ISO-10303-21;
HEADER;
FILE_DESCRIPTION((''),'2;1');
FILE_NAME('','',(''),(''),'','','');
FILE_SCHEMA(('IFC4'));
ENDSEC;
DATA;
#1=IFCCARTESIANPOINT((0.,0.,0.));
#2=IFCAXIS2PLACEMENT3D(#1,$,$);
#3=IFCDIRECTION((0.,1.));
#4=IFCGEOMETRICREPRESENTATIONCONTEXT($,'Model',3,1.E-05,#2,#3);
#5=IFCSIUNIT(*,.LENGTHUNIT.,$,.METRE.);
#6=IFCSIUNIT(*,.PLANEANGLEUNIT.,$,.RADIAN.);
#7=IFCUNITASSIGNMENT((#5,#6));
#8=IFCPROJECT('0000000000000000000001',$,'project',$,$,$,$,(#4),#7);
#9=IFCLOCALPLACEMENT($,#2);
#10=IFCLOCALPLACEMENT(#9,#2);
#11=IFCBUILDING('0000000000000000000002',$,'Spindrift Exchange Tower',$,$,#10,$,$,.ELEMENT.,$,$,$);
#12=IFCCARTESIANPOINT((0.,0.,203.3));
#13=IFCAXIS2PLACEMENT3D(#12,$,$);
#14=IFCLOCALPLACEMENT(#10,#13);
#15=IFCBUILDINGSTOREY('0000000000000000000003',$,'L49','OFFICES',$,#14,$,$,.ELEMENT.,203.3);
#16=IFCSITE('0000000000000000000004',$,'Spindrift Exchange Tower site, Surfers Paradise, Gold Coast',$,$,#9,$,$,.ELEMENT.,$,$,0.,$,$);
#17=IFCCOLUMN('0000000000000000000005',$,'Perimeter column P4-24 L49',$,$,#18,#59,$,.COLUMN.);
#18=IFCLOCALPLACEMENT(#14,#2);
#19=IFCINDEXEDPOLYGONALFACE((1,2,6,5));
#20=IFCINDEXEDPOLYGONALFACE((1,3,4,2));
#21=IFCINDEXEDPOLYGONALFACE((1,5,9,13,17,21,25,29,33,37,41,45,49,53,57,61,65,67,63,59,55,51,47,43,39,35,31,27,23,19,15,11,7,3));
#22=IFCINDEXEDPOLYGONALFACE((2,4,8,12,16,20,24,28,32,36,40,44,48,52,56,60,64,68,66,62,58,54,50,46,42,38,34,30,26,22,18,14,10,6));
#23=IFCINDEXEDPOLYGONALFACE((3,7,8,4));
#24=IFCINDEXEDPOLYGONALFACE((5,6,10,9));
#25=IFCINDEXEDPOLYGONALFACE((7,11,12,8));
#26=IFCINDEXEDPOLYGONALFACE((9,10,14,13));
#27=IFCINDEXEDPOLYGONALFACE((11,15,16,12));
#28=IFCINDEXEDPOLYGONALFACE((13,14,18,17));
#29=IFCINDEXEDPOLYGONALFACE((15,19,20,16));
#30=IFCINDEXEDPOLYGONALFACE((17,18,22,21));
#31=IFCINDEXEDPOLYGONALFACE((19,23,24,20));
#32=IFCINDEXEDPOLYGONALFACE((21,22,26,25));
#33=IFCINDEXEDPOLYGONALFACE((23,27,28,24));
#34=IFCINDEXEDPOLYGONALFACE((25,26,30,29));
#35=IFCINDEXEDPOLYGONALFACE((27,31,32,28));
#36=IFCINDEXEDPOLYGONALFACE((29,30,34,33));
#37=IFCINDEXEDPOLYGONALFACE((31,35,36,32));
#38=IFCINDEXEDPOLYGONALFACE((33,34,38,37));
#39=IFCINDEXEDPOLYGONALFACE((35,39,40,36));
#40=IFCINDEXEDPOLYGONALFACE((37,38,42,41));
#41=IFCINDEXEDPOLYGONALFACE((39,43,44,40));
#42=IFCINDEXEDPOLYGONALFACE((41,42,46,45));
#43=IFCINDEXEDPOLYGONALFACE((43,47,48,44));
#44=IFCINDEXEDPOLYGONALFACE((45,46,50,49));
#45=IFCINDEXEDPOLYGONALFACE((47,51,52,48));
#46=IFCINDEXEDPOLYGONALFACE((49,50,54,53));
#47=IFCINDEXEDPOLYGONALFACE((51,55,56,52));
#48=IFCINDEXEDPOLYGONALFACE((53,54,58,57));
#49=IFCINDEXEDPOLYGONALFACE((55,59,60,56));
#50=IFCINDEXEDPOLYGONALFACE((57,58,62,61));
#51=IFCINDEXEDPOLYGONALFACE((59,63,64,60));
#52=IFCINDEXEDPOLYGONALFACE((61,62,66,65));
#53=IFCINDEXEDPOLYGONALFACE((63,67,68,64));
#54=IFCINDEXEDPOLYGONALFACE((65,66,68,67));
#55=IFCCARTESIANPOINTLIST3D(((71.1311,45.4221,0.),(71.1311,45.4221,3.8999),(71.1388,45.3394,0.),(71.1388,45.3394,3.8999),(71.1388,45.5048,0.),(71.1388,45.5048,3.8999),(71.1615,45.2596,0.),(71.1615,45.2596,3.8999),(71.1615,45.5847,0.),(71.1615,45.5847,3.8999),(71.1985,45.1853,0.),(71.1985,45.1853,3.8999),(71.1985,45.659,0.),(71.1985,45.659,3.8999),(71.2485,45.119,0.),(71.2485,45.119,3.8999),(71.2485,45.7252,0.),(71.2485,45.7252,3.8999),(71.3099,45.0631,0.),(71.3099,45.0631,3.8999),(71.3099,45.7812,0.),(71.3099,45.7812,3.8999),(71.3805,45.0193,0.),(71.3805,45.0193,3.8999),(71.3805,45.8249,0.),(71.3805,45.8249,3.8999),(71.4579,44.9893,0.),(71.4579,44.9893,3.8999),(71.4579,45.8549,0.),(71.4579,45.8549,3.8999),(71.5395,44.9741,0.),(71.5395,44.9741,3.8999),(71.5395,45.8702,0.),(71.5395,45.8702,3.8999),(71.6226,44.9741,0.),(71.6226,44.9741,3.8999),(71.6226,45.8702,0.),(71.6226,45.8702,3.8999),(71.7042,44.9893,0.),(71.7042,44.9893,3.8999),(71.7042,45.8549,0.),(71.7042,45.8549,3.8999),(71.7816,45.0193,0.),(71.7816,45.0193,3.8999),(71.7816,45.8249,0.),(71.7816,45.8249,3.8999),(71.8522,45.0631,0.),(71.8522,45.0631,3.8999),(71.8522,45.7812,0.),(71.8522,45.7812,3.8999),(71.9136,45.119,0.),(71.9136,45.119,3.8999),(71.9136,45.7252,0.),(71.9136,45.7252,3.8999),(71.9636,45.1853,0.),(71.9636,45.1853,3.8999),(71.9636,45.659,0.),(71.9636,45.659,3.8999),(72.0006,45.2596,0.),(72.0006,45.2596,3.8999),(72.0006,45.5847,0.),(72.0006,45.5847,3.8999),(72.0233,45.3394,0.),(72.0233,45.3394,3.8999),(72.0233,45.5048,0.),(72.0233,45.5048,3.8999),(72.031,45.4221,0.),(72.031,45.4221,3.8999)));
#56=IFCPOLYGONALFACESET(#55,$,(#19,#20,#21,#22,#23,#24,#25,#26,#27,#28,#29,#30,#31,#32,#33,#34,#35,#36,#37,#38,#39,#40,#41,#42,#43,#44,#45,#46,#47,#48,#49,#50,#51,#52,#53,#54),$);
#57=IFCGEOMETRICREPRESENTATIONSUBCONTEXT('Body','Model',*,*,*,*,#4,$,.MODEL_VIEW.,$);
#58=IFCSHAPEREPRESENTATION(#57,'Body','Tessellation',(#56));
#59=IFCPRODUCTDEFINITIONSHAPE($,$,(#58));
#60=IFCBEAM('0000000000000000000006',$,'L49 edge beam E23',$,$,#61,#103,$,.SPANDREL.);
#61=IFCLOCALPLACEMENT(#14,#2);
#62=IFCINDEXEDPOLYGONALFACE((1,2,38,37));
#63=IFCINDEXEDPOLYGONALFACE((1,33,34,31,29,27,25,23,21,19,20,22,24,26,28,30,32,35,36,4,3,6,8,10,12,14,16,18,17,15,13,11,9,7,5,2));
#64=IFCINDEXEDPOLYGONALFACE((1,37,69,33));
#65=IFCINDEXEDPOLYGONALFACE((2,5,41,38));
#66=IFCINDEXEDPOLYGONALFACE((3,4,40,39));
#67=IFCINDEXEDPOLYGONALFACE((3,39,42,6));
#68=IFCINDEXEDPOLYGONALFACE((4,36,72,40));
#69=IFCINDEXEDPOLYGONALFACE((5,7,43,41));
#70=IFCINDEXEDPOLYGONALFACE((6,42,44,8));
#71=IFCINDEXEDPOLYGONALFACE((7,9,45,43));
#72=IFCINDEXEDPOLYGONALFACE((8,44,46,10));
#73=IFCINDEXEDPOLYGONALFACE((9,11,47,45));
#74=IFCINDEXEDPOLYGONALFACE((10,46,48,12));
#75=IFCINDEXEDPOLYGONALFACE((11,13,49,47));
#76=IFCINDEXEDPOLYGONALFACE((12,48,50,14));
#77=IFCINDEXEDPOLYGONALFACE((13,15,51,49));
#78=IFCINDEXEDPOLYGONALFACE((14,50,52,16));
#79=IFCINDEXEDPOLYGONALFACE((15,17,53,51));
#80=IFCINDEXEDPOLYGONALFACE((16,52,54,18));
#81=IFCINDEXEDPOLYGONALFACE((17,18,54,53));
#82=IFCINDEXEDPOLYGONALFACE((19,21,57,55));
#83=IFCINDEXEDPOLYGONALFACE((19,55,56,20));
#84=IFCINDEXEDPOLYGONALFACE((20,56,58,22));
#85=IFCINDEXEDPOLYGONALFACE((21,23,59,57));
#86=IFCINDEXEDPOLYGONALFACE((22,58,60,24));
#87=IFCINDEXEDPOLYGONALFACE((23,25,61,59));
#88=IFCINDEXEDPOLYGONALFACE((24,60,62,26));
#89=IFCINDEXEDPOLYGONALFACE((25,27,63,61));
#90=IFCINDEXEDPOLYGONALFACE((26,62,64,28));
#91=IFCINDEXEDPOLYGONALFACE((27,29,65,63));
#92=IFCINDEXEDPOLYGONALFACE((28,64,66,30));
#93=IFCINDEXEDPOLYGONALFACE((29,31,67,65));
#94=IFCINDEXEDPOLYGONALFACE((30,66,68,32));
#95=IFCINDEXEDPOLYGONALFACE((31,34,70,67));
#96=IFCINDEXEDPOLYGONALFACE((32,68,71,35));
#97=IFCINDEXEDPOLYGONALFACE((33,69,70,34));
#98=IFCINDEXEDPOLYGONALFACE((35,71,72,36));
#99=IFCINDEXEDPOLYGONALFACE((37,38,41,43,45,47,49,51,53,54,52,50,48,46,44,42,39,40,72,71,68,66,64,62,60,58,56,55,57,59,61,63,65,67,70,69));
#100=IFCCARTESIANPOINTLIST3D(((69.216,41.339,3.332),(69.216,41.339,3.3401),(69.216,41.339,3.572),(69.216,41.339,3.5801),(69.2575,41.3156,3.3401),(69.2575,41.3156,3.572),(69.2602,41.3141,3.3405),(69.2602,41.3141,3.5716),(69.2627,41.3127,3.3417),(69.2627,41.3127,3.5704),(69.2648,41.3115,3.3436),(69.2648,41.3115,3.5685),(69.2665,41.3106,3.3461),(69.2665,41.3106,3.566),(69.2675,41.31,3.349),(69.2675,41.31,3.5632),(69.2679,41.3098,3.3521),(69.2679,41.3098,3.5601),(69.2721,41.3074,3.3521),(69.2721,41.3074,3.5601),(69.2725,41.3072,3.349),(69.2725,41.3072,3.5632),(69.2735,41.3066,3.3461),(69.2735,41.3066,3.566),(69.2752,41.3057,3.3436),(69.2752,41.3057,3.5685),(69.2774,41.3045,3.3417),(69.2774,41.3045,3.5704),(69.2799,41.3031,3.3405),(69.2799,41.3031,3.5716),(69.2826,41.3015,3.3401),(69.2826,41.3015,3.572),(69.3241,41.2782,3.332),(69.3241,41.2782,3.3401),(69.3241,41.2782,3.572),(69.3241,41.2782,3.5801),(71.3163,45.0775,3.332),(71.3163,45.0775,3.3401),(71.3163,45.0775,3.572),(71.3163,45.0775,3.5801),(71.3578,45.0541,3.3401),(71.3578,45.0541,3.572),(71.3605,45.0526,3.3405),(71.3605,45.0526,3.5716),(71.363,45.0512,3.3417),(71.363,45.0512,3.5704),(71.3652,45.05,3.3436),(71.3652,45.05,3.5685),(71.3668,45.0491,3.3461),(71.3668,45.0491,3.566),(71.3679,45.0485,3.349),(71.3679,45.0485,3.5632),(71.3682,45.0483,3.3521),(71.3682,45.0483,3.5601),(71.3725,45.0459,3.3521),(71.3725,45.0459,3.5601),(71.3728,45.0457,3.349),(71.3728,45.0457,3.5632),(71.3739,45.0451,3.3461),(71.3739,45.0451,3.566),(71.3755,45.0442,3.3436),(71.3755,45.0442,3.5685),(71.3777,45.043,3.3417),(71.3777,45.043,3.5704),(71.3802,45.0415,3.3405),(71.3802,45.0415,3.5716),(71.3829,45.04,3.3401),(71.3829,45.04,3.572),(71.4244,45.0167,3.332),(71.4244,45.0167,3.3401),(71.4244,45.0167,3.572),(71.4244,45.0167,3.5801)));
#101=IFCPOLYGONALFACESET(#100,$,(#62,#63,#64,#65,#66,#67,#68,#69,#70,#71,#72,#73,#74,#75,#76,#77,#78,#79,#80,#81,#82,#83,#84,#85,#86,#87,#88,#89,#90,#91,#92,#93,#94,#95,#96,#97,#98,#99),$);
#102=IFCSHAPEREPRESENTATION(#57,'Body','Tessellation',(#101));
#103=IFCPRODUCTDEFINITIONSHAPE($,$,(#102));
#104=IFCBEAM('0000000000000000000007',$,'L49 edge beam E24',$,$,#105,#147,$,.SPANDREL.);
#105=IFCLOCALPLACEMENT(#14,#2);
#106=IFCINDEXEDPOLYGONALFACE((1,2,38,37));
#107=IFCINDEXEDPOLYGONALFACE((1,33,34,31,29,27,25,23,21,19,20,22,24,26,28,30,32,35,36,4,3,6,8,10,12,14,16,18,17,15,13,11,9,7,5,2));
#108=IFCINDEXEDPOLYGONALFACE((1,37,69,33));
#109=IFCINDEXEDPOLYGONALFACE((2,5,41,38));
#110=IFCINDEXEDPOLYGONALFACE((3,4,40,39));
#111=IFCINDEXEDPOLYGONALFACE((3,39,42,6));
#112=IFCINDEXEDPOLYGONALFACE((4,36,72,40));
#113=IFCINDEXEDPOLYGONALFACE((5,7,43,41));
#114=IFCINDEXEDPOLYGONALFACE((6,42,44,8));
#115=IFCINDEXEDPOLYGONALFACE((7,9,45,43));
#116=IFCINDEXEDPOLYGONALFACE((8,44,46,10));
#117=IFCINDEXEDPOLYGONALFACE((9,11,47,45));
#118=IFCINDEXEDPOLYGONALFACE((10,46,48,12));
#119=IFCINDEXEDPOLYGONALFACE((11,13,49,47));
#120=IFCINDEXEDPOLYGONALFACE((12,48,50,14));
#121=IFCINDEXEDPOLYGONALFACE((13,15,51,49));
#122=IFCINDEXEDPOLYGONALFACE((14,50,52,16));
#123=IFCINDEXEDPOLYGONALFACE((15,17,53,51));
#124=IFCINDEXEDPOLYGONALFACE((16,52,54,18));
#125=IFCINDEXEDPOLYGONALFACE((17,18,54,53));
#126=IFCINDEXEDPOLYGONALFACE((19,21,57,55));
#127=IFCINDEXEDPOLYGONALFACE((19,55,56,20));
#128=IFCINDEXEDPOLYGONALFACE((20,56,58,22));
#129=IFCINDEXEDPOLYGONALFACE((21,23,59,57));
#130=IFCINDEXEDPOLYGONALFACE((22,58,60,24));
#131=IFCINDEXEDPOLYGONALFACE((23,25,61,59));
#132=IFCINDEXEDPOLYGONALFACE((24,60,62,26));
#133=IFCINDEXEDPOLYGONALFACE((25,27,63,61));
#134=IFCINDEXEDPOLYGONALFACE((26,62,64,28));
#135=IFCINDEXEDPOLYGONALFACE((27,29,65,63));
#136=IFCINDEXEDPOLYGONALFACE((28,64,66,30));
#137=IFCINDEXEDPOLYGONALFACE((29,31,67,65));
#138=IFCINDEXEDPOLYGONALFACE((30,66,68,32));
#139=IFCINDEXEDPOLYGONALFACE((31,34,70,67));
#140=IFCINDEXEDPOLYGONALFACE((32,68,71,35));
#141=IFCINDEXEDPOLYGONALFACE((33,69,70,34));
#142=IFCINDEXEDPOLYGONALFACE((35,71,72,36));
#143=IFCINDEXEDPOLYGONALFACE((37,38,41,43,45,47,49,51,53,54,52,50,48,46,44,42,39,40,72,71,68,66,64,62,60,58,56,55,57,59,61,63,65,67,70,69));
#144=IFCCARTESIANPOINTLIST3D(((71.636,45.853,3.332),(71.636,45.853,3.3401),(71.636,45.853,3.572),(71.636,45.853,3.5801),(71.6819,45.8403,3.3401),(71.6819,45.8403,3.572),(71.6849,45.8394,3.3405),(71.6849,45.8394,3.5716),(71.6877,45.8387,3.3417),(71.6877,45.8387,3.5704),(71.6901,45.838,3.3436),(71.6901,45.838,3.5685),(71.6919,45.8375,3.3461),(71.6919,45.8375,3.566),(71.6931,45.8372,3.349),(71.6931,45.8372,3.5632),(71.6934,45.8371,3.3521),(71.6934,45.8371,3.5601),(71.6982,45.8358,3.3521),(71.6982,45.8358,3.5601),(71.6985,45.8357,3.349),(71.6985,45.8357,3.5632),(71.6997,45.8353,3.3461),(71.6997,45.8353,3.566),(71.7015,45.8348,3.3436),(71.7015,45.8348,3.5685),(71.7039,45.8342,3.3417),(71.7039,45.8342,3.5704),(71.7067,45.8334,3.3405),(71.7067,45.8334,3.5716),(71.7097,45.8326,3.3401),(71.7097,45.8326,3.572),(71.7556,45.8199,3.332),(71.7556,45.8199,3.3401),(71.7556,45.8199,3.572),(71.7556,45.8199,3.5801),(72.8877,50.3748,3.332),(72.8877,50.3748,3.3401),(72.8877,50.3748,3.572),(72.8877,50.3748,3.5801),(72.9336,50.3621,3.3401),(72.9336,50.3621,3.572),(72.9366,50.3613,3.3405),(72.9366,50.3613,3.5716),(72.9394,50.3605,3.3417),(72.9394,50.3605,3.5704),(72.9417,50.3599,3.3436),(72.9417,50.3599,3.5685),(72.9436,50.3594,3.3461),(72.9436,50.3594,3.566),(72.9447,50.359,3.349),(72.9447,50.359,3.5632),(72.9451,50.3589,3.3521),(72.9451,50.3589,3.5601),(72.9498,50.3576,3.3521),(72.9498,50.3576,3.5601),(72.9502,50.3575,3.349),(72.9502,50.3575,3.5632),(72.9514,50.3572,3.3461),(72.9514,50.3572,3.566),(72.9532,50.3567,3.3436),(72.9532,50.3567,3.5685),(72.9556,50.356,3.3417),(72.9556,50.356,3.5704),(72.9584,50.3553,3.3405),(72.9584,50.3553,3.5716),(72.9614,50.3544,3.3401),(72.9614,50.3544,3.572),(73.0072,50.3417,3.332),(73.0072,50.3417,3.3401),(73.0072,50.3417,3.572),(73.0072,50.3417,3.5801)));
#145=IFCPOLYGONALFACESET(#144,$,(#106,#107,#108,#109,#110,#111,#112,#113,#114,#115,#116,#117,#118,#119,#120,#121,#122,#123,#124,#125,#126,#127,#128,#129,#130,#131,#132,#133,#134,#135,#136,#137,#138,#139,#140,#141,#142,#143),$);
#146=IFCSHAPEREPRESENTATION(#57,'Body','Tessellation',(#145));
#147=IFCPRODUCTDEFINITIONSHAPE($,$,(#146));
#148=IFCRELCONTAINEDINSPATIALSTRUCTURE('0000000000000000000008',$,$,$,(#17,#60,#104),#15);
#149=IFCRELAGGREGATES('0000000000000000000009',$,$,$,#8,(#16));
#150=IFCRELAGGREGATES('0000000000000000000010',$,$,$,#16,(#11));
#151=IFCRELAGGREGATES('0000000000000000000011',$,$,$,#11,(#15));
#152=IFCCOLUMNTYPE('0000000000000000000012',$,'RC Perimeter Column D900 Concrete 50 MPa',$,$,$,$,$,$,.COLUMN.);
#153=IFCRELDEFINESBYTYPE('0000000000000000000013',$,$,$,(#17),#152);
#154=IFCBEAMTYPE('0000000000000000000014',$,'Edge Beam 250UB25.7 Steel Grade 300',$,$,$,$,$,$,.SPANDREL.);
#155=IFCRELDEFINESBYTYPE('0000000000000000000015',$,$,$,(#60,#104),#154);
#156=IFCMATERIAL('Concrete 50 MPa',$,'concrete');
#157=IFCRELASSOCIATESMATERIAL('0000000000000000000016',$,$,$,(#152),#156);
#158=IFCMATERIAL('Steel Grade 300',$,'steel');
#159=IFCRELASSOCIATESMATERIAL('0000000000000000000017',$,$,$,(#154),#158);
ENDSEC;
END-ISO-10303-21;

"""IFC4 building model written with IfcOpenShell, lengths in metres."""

from ifc_helpers import new_model, si_unit, direction, frame, origin, origin_2d, place, context, subcontext, project, spatial, circle, i_section, extrude, source, transform, mapped, material, material_profile, profile_set, type_object, element, save


model = new_model("IFC4")

# Units and contexts
model_context = context("Model", 3, precision=1e-05, world=origin(), true_north=direction((0.0, 1.0)))
body_context = subcontext(model_context, "Body", "Model", "MODEL_VIEW")
ifc_project = project(units=[si_unit("LENGTHUNIT", "METRE"), si_unit("PLANEANGLEUNIT", "RADIAN")], contexts=[model_context])

# Site, building, storey
site_placement = place(None, origin())
site = spatial("IfcSite", under=ifc_project, at=site_placement, Name="Spindrift Exchange Tower site, Surfers Paradise, Gold Coast", CompositionType="ELEMENT", RefElevation=0.0)
building_placement = place(site_placement, origin())
building = spatial("IfcBuilding", under=site, at=building_placement, Name="Spindrift Exchange Tower", CompositionType="ELEMENT")
storey_placement = place(building_placement, frame((0.0, 0.0, 203.3)))
storey = spatial("IfcBuildingStorey", under=building, at=storey_placement, Name="L49", Description="OFFICES", CompositionType="ELEMENT", Elevation=203.3)

# Column
ifc_material_1 = material(Name="Concrete 50 MPa", Category="concrete")
ifc_material_profile_1 = material_profile(ifc_material_1, circle(Radius=0.45, at=origin_2d()), Name="RC D900")
ifc_profile_set_1 = profile_set([ifc_material_profile_1], Name="Concrete 50 MPa")
column_type = type_object("IfcColumnType", Name="RC Perimeter Column D900 Concrete 50 MPa", PredefinedType="COLUMN", material=ifc_profile_set_1)
shared_shape_1 = source(origin(), body_context, "Body", "SweptSolid", [
    extrude(circle(Radius=0.45, at=origin_2d()), origin(), (0.0, 0.0, 1.0), 3.8999),
])
column_placement = place(storey_placement, frame((71.5811, 45.4221, 0.0), z_axis=(0.0, 0.0, 1.0), x_axis=(1.0, 0.0, 0.0)))
element("IfcColumn", 1, at=column_placement, inside=storey, type_object=column_type, Name="Perimeter column P4-24 L49", PredefinedType="COLUMN", context=body_context, shape_type="MappedRepresentation", body=[
    mapped(shared_shape_1, transform((0.0, 0.0, 0.0), scale=1.0)),
])

# Beams
ifc_material_2 = material(Name="Steel Grade 300", Category="steel")
ifc_material_profile_2 = material_profile(ifc_material_2, i_section(OverallWidth=0.124, OverallDepth=0.248, WebThickness=0.0049, FlangeThickness=0.0081, FilletRadius=0.012, at=origin_2d()), Name="250UB25.7")
ifc_profile_set_2 = profile_set([ifc_material_profile_2], Name="Steel Grade 300")
beam_type_1 = type_object("IfcBeamType", Name="Edge Beam 250UB25.7 Steel Grade 300", PredefinedType="SPANDREL", material=ifc_profile_set_2)
shared_shape_2 = source(origin(), body_context, "Body", "SweptSolid", [
    extrude(i_section(OverallWidth=0.124, OverallDepth=0.248, WebThickness=0.0049, FlangeThickness=0.0081, FilletRadius=0.012, at=origin_2d()), origin(), (0.0, 0.0, 1.0), 4.2881),
])
beam_1_placement = place(storey_placement, frame((69.27, 41.3086, 3.4561), z_axis=(0.489804, 0.871832, 0.0), x_axis=(-0.871832, 0.489804, 0.0)))
element("IfcBeam", 2, at=beam_1_placement, inside=storey, type_object=beam_type_1, Name="L49 edge beam E23", PredefinedType="SPANDREL", context=body_context, shape_type="MappedRepresentation", body=[
    mapped(shared_shape_2, transform((0.0, 0.0, 0.0), scale=1.0)),
])
shared_shape_3 = source(origin(), body_context, "Body", "SweptSolid", [
    extrude(i_section(OverallWidth=0.124, OverallDepth=0.248, WebThickness=0.0049, FlangeThickness=0.0081, FilletRadius=0.012, at=origin_2d()), origin(), (0.0, 0.0, 1.0), 4.6919),
])
beam_2_placement = place(storey_placement, frame((71.6958, 45.8364, 3.4561), z_axis=(0.266774, 0.963759, 0.0), x_axis=(-0.963759, 0.266774, 0.0)))
element("IfcBeam", 3, at=beam_2_placement, inside=storey, type_object=beam_type_1, Name="L49 edge beam E24", PredefinedType="SPANDREL", context=body_context, shape_type="MappedRepresentation", body=[
    mapped(shared_shape_3, transform((0.0, 0.0, 0.0), scale=1.0)),
])

save(model, "model.ifc")
